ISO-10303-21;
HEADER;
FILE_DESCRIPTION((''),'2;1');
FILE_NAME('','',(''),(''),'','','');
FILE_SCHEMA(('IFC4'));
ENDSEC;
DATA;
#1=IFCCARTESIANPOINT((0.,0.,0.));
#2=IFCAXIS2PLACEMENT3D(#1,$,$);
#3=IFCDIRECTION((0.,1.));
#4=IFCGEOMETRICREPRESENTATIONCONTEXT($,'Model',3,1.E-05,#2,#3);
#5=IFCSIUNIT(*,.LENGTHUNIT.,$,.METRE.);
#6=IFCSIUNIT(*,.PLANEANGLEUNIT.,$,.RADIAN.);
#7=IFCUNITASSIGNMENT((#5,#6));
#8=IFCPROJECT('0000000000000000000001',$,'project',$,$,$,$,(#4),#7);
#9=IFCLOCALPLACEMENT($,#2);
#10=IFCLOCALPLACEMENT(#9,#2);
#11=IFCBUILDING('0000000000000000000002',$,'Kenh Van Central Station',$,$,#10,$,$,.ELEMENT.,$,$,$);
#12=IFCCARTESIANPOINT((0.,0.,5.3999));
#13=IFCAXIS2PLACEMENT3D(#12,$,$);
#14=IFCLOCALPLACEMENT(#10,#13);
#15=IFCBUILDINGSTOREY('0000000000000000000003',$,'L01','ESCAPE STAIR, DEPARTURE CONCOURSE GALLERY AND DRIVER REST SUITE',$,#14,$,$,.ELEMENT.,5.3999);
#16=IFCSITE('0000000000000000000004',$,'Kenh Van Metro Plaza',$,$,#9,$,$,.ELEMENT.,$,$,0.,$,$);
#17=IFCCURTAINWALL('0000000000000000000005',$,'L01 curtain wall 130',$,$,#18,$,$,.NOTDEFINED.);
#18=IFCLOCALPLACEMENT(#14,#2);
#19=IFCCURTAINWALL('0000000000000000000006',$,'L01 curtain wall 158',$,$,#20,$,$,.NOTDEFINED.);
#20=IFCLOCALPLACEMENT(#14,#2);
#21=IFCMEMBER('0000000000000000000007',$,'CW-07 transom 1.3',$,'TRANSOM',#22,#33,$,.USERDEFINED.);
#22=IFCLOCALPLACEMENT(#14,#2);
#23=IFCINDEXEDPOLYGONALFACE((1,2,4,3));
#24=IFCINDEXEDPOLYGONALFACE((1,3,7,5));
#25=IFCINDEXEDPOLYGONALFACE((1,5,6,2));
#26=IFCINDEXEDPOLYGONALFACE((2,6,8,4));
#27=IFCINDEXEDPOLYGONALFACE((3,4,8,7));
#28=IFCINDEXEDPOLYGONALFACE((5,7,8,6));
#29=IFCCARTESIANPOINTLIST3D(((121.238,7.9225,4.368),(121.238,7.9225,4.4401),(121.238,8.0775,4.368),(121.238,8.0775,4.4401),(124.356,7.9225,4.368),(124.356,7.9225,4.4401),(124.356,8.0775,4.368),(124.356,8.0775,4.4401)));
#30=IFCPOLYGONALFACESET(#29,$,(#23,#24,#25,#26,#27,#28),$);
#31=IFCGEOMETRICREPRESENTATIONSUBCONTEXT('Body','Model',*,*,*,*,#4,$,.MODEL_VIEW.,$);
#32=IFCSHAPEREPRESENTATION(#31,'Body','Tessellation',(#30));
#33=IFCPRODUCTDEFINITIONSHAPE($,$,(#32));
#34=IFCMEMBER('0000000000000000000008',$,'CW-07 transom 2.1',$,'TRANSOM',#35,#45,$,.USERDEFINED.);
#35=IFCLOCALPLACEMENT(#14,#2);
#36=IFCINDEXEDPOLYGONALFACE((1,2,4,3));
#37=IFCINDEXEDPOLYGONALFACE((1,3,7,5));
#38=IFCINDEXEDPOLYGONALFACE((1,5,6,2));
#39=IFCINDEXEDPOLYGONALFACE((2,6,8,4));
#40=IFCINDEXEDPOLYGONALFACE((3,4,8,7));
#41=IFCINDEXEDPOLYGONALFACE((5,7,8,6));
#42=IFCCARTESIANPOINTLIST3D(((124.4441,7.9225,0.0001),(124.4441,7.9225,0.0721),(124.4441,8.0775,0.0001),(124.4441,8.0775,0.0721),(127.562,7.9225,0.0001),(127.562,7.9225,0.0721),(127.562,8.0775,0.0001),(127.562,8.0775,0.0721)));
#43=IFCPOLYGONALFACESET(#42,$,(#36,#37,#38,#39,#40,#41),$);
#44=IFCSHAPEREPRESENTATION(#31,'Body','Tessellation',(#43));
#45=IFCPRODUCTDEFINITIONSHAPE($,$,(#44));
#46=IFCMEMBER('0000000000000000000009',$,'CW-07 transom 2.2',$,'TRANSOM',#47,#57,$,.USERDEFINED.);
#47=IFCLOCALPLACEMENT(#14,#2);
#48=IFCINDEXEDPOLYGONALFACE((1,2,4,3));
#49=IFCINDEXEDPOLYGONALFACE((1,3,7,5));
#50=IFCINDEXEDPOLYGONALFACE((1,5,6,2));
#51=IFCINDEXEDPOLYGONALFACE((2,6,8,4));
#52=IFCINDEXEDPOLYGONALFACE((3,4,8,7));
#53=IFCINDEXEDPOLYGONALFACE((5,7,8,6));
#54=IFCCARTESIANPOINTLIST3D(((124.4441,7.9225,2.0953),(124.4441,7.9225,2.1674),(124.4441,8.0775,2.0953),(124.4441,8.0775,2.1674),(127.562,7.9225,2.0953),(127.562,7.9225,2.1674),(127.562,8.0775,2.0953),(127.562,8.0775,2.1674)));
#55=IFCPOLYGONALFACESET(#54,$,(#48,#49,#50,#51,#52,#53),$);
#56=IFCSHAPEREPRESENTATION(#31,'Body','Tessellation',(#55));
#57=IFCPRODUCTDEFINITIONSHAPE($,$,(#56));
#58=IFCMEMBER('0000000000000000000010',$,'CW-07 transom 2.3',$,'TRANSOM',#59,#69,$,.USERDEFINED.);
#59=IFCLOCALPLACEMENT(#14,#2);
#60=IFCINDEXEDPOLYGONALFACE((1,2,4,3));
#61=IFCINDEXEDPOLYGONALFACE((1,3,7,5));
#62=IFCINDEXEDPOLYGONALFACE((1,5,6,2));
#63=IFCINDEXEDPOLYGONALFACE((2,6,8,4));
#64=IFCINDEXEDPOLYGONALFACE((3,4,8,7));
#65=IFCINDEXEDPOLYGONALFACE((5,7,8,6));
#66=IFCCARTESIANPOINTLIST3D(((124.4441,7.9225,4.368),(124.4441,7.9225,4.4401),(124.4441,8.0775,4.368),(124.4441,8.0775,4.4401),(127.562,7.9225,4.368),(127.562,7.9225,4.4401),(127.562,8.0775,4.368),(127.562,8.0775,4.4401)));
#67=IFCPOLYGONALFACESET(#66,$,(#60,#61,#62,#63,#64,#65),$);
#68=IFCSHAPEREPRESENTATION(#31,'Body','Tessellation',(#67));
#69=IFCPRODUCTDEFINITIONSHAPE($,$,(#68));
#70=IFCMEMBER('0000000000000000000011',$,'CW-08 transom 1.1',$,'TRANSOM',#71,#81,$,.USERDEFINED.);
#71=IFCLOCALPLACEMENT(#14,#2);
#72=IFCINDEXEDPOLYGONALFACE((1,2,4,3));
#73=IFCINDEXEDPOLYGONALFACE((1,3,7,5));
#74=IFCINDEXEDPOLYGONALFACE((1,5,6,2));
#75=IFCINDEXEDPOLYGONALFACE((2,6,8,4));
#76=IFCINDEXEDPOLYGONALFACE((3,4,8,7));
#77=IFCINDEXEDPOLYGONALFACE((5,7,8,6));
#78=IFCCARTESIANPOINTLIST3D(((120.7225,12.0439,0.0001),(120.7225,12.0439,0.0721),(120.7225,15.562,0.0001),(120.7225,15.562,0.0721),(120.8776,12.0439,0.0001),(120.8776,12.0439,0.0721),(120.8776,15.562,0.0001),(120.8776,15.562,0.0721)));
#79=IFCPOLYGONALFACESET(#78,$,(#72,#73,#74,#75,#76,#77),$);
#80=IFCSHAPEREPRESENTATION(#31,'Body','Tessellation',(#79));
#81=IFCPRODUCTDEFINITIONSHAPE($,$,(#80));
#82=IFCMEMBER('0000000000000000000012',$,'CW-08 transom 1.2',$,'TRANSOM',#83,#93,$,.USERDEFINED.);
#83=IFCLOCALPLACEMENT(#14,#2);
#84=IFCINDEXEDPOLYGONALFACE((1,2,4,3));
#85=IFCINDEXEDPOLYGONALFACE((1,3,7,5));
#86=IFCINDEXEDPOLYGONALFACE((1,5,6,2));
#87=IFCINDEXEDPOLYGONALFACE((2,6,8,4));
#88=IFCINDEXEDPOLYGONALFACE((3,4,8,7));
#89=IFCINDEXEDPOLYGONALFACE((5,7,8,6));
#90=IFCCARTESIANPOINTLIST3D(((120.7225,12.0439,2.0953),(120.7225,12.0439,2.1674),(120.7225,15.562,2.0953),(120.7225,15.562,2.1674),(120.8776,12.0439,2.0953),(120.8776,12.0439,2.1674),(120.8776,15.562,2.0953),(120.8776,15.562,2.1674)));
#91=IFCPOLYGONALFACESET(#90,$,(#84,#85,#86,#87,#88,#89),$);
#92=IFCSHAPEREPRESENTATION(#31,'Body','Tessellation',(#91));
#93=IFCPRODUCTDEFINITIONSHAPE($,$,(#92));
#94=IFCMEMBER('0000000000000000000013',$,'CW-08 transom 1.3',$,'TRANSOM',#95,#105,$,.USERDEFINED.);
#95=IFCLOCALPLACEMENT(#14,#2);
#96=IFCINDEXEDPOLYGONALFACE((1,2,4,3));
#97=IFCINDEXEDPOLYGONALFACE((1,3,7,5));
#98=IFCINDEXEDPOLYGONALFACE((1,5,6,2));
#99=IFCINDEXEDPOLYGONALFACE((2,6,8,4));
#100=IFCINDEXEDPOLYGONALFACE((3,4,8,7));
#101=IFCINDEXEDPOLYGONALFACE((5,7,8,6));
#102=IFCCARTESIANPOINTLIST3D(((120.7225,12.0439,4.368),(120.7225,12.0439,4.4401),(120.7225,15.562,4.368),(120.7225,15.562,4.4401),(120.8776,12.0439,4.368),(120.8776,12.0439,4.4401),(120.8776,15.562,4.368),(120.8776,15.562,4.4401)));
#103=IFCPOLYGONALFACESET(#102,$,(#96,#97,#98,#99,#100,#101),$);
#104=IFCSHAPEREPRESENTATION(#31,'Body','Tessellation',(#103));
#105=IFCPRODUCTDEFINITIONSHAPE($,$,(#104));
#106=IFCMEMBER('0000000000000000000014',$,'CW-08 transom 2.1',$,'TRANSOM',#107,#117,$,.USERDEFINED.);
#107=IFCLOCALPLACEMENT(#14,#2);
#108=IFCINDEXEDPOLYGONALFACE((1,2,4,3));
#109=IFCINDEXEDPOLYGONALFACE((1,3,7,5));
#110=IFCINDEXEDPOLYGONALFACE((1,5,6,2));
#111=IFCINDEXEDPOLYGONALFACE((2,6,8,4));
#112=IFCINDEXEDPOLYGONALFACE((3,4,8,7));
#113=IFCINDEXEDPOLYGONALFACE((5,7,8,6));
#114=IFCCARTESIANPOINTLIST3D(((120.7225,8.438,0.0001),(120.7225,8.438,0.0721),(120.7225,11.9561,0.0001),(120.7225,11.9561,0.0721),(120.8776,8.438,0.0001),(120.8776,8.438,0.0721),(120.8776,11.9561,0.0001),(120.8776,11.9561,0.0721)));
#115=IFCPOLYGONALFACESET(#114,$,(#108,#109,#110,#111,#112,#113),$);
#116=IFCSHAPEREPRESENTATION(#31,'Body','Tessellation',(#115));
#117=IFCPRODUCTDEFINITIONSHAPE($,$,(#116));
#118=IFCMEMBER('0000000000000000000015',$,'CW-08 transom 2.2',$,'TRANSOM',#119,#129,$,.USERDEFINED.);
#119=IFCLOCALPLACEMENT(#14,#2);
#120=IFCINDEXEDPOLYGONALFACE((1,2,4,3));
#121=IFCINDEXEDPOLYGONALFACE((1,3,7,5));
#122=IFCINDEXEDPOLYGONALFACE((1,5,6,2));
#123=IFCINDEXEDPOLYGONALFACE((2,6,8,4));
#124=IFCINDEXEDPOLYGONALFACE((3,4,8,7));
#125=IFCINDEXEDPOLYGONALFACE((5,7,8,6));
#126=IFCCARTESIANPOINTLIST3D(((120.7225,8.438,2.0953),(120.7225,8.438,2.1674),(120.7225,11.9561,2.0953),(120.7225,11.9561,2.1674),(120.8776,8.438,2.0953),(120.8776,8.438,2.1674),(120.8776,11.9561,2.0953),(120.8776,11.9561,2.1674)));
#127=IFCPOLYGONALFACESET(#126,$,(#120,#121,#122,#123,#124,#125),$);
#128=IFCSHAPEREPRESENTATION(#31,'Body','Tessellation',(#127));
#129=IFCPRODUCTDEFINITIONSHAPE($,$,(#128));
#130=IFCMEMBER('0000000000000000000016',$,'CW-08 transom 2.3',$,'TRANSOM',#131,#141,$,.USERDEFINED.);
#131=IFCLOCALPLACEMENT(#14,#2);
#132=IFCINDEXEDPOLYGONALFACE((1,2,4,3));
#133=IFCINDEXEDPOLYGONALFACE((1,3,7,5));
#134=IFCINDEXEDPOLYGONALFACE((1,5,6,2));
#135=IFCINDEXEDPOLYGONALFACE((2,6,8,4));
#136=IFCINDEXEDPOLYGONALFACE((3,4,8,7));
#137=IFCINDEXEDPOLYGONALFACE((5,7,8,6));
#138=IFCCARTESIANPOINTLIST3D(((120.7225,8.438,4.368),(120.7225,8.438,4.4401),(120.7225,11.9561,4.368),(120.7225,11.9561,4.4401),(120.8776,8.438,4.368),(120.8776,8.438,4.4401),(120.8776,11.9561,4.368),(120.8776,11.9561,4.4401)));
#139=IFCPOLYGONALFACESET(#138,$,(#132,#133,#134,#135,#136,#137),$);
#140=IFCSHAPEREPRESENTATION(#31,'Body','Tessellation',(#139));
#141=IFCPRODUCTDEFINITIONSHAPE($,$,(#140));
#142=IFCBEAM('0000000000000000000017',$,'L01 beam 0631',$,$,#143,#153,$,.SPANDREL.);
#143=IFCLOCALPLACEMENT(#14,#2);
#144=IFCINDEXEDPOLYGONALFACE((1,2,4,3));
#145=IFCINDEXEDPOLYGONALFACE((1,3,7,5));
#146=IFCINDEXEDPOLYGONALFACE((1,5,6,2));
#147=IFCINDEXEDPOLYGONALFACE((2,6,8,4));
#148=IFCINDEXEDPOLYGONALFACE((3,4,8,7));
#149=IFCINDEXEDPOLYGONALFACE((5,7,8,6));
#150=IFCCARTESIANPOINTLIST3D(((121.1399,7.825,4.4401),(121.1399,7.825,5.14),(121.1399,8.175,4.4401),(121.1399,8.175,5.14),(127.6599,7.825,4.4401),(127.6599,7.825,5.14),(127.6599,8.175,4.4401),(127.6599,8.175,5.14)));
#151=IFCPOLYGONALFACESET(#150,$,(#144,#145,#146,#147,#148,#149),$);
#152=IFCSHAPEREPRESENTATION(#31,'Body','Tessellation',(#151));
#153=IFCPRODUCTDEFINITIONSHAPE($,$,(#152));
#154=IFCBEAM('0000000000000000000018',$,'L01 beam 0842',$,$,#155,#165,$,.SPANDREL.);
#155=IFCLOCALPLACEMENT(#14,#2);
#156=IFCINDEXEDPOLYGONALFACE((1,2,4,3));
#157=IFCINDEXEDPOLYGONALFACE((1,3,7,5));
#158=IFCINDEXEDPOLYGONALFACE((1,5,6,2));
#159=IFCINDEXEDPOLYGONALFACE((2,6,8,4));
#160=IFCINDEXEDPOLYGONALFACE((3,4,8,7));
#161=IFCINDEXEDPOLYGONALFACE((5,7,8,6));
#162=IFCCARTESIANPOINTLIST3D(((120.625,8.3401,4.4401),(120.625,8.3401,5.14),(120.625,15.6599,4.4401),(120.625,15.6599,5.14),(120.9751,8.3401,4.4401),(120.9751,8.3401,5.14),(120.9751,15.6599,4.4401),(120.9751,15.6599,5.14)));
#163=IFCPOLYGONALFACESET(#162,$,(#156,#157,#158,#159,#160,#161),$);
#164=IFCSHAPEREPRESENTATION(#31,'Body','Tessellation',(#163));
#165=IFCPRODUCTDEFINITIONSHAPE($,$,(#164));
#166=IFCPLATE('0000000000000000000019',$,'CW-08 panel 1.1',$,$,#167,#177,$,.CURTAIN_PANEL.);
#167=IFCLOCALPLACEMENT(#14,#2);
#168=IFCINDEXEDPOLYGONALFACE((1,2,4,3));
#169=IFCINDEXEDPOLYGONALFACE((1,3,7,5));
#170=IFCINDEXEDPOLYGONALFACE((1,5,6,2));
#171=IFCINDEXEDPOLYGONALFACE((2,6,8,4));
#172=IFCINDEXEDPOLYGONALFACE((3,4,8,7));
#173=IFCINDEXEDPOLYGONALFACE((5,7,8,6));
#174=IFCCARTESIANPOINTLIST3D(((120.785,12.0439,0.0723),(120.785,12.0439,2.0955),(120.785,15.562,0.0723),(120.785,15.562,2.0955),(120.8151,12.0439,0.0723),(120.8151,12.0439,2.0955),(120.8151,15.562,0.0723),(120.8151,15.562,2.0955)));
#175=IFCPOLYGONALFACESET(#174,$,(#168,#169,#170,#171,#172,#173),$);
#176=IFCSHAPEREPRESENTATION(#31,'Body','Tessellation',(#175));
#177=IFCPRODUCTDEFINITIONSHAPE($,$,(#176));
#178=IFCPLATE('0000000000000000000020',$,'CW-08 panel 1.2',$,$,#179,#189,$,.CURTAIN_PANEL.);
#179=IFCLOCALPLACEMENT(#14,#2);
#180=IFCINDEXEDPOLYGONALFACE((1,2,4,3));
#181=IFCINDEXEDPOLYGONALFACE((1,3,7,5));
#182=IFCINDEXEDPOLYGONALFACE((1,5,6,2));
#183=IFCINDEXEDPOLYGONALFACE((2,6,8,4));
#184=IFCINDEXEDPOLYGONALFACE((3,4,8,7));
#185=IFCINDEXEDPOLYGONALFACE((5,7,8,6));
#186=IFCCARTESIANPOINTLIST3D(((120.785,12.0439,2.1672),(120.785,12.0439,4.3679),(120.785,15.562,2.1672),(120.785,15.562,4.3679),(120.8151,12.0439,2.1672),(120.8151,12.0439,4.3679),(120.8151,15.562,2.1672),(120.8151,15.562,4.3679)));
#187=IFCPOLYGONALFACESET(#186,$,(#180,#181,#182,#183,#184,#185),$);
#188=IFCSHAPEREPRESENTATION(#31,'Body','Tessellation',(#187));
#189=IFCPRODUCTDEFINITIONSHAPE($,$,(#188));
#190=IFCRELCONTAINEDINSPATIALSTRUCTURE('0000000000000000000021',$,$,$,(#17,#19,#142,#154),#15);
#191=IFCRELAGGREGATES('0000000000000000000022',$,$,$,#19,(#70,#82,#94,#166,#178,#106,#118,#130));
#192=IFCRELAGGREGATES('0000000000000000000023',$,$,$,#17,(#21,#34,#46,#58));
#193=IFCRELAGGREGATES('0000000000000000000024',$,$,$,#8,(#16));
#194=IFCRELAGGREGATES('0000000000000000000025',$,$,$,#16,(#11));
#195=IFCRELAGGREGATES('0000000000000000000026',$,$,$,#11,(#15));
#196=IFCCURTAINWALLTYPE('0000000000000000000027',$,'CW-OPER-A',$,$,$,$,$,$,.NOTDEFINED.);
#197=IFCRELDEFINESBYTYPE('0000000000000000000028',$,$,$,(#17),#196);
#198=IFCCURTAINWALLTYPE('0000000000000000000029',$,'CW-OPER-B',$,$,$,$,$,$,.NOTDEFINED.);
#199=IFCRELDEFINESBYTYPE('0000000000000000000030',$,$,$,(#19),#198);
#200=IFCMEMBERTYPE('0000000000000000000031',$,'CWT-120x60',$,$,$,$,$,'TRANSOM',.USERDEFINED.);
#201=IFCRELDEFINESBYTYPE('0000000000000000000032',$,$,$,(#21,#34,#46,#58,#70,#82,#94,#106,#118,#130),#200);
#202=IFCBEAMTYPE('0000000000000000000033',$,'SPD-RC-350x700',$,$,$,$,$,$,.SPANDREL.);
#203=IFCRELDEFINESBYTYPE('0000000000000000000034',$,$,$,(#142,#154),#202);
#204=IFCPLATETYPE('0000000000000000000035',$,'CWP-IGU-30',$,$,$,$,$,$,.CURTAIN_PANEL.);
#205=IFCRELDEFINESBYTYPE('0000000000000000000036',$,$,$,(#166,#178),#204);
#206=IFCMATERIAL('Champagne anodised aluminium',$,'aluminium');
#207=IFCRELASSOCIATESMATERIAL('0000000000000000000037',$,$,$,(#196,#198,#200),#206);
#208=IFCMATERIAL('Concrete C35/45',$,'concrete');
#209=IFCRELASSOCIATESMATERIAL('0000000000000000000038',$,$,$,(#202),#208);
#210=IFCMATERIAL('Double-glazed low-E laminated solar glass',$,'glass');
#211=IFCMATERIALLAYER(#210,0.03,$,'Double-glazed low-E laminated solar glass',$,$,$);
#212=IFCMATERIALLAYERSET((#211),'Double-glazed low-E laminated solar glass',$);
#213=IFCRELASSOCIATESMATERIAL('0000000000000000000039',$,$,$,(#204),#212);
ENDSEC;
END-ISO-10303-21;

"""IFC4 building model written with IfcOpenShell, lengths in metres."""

from ifc_helpers import new_model, si_unit, direction, frame, origin, origin_2d, place, context, subcontext, project, spatial, rectangle, extrude, material, layer, layer_set, material_profile, profile_set, type_object, element, aggregate, save


model = new_model("IFC4")

# Units and contexts
model_context = context("Model", 3, precision=1e-05, world=origin(), true_north=direction((0.0, 1.0)))
body_context = subcontext(model_context, "Body", "Model", "MODEL_VIEW")
ifc_project = project(units=[si_unit("LENGTHUNIT", "METRE"), si_unit("PLANEANGLEUNIT", "RADIAN")], contexts=[model_context])

# Site, building, storey
site_placement = place(None, origin())
site = spatial("IfcSite", under=ifc_project, at=site_placement, Name="Kenh Van Metro Plaza", CompositionType="ELEMENT", RefElevation=0.0)
building_placement = place(site_placement, origin())
building = spatial("IfcBuilding", under=site, at=building_placement, Name="Kenh Van Central Station", CompositionType="ELEMENT")
storey_placement = place(building_placement, frame((0.0, 0.0, 5.3999)))
storey = spatial("IfcBuildingStorey", under=building, at=storey_placement, Name="L01", Description="ESCAPE STAIR, DEPARTURE CONCOURSE GALLERY AND DRIVER REST SUITE", CompositionType="ELEMENT", Elevation=5.3999)

# Shared definitions
ifc_material_1 = material(Name="Concrete C35/45", Category="concrete")

# Curtain walls
ifc_material_2 = material(Name="Champagne anodised aluminium", Category="aluminium")
curtain_wall_type_1 = type_object("IfcCurtainWallType", Name="CW-OPER-A", PredefinedType="NOTDEFINED", material=ifc_material_2)
curtain_wall_1_placement = place(storey_placement, origin())
curtain_wall_1 = element("IfcCurtainWall", 1, at=curtain_wall_1_placement, inside=storey, type_object=curtain_wall_type_1, Name="L01 curtain wall 130", PredefinedType="NOTDEFINED")
curtain_wall_type_2 = type_object("IfcCurtainWallType", Name="CW-OPER-B", PredefinedType="NOTDEFINED", material=ifc_material_2)
curtain_wall_2_placement = place(storey_placement, origin())
curtain_wall_2 = element("IfcCurtainWall", 2, at=curtain_wall_2_placement, inside=storey, type_object=curtain_wall_type_2, Name="L01 curtain wall 158", PredefinedType="NOTDEFINED")

# Members
ifc_material_profile_1 = material_profile(ifc_material_2, rectangle(XDim=0.155, YDim=0.072, at=origin_2d()), Name="AL 155x72")
ifc_profile_set_1 = profile_set([ifc_material_profile_1], Name="Champagne anodised aluminium")
member_type_1 = type_object("IfcMemberType", Name="CWT-120x60", ElementType="TRANSOM", PredefinedType="USERDEFINED", material=ifc_profile_set_1)
member_1_placement = place(storey_placement, frame((121.238, 8.0, 4.4041), z_axis=(1.0, 0.0, 0.0), x_axis=(0.0, 1.0, 0.0)))
member_1 = element("IfcMember", 3, at=member_1_placement, type_object=member_type_1, Name="CW-07 transom 1.3", ObjectType="TRANSOM", PredefinedType="USERDEFINED", context=body_context, shape_type="SweptSolid", body=[
    extrude(rectangle(XDim=0.155, YDim=0.072, at=origin_2d()), origin(), (0.0, 0.0, 1.0), 3.1179),
])
member_2_placement = place(storey_placement, frame((124.4441, 8.0, 0.0361), z_axis=(1.0, 0.0, 0.0), x_axis=(0.0, 1.0, 0.0)))
member_2 = element("IfcMember", 4, at=member_2_placement, type_object=member_type_1, Name="CW-07 transom 2.1", ObjectType="TRANSOM", PredefinedType="USERDEFINED", context=body_context, shape_type="SweptSolid", body=[
    extrude(rectangle(XDim=0.155, YDim=0.072, at=origin_2d()), origin(), (0.0, 0.0, 1.0), 3.1179),
])
member_3_placement = place(storey_placement, frame((124.4441, 8.0, 2.1313), z_axis=(1.0, 0.0, 0.0), x_axis=(0.0, 1.0, 0.0)))
member_3 = element("IfcMember", 5, at=member_3_placement, type_object=member_type_1, Name="CW-07 transom 2.2", ObjectType="TRANSOM", PredefinedType="USERDEFINED", context=body_context, shape_type="SweptSolid", body=[
    extrude(rectangle(XDim=0.155, YDim=0.072, at=origin_2d()), origin(), (0.0, 0.0, 1.0), 3.1179),
])
member_4_placement = place(storey_placement, frame((124.4441, 8.0, 4.4041), z_axis=(1.0, 0.0, 0.0), x_axis=(0.0, 1.0, 0.0)))
member_4 = element("IfcMember", 6, at=member_4_placement, type_object=member_type_1, Name="CW-07 transom 2.3", ObjectType="TRANSOM", PredefinedType="USERDEFINED", context=body_context, shape_type="SweptSolid", body=[
    extrude(rectangle(XDim=0.155, YDim=0.072, at=origin_2d()), origin(), (0.0, 0.0, 1.0), 3.1179),
])
member_5_placement = place(storey_placement, frame((120.8, 15.562, 0.0361), z_axis=(0.0, -1.0, 0.0), x_axis=(1.0, 0.0, 0.0)))
member_5 = element("IfcMember", 7, at=member_5_placement, type_object=member_type_1, Name="CW-08 transom 1.1", ObjectType="TRANSOM", PredefinedType="USERDEFINED", context=body_context, shape_type="SweptSolid", body=[
    extrude(rectangle(XDim=0.155, YDim=0.072, at=origin_2d()), origin(), (0.0, 0.0, 1.0), 3.5181),
])
member_6_placement = place(storey_placement, frame((120.8, 15.562, 2.1313), z_axis=(0.0, -1.0, 0.0), x_axis=(1.0, 0.0, 0.0)))
member_6 = element("IfcMember", 8, at=member_6_placement, type_object=member_type_1, Name="CW-08 transom 1.2", ObjectType="TRANSOM", PredefinedType="USERDEFINED", context=body_context, shape_type="SweptSolid", body=[
    extrude(rectangle(XDim=0.155, YDim=0.072, at=origin_2d()), origin(), (0.0, 0.0, 1.0), 3.5181),
])
member_7_placement = place(storey_placement, frame((120.8, 15.562, 4.4041), z_axis=(0.0, -1.0, 0.0), x_axis=(1.0, 0.0, 0.0)))
member_7 = element("IfcMember", 9, at=member_7_placement, type_object=member_type_1, Name="CW-08 transom 1.3", ObjectType="TRANSOM", PredefinedType="USERDEFINED", context=body_context, shape_type="SweptSolid", body=[
    extrude(rectangle(XDim=0.155, YDim=0.072, at=origin_2d()), origin(), (0.0, 0.0, 1.0), 3.5181),
])
member_8_placement = place(storey_placement, frame((120.8, 11.9561, 0.0361), z_axis=(0.0, -1.0, 0.0), x_axis=(1.0, 0.0, 0.0)))
member_8 = element("IfcMember", 10, at=member_8_placement, type_object=member_type_1, Name="CW-08 transom 2.1", ObjectType="TRANSOM", PredefinedType="USERDEFINED", context=body_context, shape_type="SweptSolid", body=[
    extrude(rectangle(XDim=0.155, YDim=0.072, at=origin_2d()), origin(), (0.0, 0.0, 1.0), 3.5181),
])
member_9_placement = place(storey_placement, frame((120.8, 11.9561, 2.1313), z_axis=(0.0, -1.0, 0.0), x_axis=(1.0, 0.0, 0.0)))
member_9 = element("IfcMember", 11, at=member_9_placement, type_object=member_type_1, Name="CW-08 transom 2.2", ObjectType="TRANSOM", PredefinedType="USERDEFINED", context=body_context, shape_type="SweptSolid", body=[
    extrude(rectangle(XDim=0.155, YDim=0.072, at=origin_2d()), origin(), (0.0, 0.0, 1.0), 3.5181),
])
member_10_placement = place(storey_placement, frame((120.8, 11.9561, 4.4041), z_axis=(0.0, -1.0, 0.0), x_axis=(1.0, 0.0, 0.0)))
member_10 = element("IfcMember", 12, at=member_10_placement, type_object=member_type_1, Name="CW-08 transom 2.3", ObjectType="TRANSOM", PredefinedType="USERDEFINED", context=body_context, shape_type="SweptSolid", body=[
    extrude(rectangle(XDim=0.155, YDim=0.072, at=origin_2d()), origin(), (0.0, 0.0, 1.0), 3.5181),
])

# Beams
ifc_material_profile_2 = material_profile(ifc_material_1, rectangle(XDim=0.3501, YDim=0.7, at=origin_2d()), Name="RC 350x700")
ifc_profile_set_2 = profile_set([ifc_material_profile_2], Name="Concrete C35/45")
beam_type_1 = type_object("IfcBeamType", Name="SPD-RC-350x700", PredefinedType="SPANDREL", material=ifc_profile_set_2)
beam_1_placement = place(storey_placement, frame((121.1399, 8.0, 4.79), z_axis=(1.0, 0.0, 0.0), x_axis=(0.0, 1.0, 0.0)))
element("IfcBeam", 13, at=beam_1_placement, inside=storey, type_object=beam_type_1, Name="L01 beam 0631", PredefinedType="SPANDREL", context=body_context, shape_type="SweptSolid", body=[
    extrude(rectangle(XDim=0.3501, YDim=0.7, at=origin_2d()), origin(), (0.0, 0.0, 1.0), 6.52),
])
beam_2_placement = place(storey_placement, frame((120.8, 8.3401, 4.79), z_axis=(0.0, 1.0, 0.0), x_axis=(-1.0, 0.0, 0.0)))
element("IfcBeam", 14, at=beam_2_placement, inside=storey, type_object=beam_type_1, Name="L01 beam 0842", PredefinedType="SPANDREL", context=body_context, shape_type="SweptSolid", body=[
    extrude(rectangle(XDim=0.3501, YDim=0.7, at=origin_2d()), origin(), (0.0, 0.0, 1.0), 7.3198),
])

# Plates
ifc_material_3 = material(Name="Double-glazed low-E laminated solar glass", Category="glass")
ifc_layer_1 = layer(ifc_material_3, 0.03, Name="Double-glazed low-E laminated solar glass")
ifc_layer_set_1 = layer_set([ifc_layer_1], Name="Double-glazed low-E laminated solar glass")
plate_type_1 = type_object("IfcPlateType", Name="CWP-IGU-30", PredefinedType="CURTAIN_PANEL", material=ifc_layer_set_1)
plate_1_placement = place(storey_placement, frame((120.8, 13.803, 0.0723), z_axis=(0.0, 0.0, 1.0), x_axis=(0.0, -1.0, 0.0)))
plate_1 = element("IfcPlate", 15, at=plate_1_placement, type_object=plate_type_1, Name="CW-08 panel 1.1", PredefinedType="CURTAIN_PANEL", context=body_context, shape_type="SweptSolid", body=[
    extrude(rectangle(XDim=3.5181, YDim=0.03, at=origin_2d()), origin(), (0.0, 0.0, 1.0), 2.0232),
])
plate_2_placement = place(storey_placement, frame((120.8, 13.803, 2.1672), z_axis=(0.0, 0.0, 1.0), x_axis=(0.0, -1.0, 0.0)))
plate_2 = element("IfcPlate", 16, at=plate_2_placement, type_object=plate_type_1, Name="CW-08 panel 1.2", PredefinedType="CURTAIN_PANEL", context=body_context, shape_type="SweptSolid", body=[
    extrude(rectangle(XDim=3.5181, YDim=0.03, at=origin_2d()), origin(), (0.0, 0.0, 1.0), 2.2007),
])
aggregate(curtain_wall_2, [member_5, member_6, member_7, plate_1, plate_2, member_8, member_9, member_10])
aggregate(curtain_wall_1, [member_1, member_2, member_3, member_4])

save(model, "model.ifc")
